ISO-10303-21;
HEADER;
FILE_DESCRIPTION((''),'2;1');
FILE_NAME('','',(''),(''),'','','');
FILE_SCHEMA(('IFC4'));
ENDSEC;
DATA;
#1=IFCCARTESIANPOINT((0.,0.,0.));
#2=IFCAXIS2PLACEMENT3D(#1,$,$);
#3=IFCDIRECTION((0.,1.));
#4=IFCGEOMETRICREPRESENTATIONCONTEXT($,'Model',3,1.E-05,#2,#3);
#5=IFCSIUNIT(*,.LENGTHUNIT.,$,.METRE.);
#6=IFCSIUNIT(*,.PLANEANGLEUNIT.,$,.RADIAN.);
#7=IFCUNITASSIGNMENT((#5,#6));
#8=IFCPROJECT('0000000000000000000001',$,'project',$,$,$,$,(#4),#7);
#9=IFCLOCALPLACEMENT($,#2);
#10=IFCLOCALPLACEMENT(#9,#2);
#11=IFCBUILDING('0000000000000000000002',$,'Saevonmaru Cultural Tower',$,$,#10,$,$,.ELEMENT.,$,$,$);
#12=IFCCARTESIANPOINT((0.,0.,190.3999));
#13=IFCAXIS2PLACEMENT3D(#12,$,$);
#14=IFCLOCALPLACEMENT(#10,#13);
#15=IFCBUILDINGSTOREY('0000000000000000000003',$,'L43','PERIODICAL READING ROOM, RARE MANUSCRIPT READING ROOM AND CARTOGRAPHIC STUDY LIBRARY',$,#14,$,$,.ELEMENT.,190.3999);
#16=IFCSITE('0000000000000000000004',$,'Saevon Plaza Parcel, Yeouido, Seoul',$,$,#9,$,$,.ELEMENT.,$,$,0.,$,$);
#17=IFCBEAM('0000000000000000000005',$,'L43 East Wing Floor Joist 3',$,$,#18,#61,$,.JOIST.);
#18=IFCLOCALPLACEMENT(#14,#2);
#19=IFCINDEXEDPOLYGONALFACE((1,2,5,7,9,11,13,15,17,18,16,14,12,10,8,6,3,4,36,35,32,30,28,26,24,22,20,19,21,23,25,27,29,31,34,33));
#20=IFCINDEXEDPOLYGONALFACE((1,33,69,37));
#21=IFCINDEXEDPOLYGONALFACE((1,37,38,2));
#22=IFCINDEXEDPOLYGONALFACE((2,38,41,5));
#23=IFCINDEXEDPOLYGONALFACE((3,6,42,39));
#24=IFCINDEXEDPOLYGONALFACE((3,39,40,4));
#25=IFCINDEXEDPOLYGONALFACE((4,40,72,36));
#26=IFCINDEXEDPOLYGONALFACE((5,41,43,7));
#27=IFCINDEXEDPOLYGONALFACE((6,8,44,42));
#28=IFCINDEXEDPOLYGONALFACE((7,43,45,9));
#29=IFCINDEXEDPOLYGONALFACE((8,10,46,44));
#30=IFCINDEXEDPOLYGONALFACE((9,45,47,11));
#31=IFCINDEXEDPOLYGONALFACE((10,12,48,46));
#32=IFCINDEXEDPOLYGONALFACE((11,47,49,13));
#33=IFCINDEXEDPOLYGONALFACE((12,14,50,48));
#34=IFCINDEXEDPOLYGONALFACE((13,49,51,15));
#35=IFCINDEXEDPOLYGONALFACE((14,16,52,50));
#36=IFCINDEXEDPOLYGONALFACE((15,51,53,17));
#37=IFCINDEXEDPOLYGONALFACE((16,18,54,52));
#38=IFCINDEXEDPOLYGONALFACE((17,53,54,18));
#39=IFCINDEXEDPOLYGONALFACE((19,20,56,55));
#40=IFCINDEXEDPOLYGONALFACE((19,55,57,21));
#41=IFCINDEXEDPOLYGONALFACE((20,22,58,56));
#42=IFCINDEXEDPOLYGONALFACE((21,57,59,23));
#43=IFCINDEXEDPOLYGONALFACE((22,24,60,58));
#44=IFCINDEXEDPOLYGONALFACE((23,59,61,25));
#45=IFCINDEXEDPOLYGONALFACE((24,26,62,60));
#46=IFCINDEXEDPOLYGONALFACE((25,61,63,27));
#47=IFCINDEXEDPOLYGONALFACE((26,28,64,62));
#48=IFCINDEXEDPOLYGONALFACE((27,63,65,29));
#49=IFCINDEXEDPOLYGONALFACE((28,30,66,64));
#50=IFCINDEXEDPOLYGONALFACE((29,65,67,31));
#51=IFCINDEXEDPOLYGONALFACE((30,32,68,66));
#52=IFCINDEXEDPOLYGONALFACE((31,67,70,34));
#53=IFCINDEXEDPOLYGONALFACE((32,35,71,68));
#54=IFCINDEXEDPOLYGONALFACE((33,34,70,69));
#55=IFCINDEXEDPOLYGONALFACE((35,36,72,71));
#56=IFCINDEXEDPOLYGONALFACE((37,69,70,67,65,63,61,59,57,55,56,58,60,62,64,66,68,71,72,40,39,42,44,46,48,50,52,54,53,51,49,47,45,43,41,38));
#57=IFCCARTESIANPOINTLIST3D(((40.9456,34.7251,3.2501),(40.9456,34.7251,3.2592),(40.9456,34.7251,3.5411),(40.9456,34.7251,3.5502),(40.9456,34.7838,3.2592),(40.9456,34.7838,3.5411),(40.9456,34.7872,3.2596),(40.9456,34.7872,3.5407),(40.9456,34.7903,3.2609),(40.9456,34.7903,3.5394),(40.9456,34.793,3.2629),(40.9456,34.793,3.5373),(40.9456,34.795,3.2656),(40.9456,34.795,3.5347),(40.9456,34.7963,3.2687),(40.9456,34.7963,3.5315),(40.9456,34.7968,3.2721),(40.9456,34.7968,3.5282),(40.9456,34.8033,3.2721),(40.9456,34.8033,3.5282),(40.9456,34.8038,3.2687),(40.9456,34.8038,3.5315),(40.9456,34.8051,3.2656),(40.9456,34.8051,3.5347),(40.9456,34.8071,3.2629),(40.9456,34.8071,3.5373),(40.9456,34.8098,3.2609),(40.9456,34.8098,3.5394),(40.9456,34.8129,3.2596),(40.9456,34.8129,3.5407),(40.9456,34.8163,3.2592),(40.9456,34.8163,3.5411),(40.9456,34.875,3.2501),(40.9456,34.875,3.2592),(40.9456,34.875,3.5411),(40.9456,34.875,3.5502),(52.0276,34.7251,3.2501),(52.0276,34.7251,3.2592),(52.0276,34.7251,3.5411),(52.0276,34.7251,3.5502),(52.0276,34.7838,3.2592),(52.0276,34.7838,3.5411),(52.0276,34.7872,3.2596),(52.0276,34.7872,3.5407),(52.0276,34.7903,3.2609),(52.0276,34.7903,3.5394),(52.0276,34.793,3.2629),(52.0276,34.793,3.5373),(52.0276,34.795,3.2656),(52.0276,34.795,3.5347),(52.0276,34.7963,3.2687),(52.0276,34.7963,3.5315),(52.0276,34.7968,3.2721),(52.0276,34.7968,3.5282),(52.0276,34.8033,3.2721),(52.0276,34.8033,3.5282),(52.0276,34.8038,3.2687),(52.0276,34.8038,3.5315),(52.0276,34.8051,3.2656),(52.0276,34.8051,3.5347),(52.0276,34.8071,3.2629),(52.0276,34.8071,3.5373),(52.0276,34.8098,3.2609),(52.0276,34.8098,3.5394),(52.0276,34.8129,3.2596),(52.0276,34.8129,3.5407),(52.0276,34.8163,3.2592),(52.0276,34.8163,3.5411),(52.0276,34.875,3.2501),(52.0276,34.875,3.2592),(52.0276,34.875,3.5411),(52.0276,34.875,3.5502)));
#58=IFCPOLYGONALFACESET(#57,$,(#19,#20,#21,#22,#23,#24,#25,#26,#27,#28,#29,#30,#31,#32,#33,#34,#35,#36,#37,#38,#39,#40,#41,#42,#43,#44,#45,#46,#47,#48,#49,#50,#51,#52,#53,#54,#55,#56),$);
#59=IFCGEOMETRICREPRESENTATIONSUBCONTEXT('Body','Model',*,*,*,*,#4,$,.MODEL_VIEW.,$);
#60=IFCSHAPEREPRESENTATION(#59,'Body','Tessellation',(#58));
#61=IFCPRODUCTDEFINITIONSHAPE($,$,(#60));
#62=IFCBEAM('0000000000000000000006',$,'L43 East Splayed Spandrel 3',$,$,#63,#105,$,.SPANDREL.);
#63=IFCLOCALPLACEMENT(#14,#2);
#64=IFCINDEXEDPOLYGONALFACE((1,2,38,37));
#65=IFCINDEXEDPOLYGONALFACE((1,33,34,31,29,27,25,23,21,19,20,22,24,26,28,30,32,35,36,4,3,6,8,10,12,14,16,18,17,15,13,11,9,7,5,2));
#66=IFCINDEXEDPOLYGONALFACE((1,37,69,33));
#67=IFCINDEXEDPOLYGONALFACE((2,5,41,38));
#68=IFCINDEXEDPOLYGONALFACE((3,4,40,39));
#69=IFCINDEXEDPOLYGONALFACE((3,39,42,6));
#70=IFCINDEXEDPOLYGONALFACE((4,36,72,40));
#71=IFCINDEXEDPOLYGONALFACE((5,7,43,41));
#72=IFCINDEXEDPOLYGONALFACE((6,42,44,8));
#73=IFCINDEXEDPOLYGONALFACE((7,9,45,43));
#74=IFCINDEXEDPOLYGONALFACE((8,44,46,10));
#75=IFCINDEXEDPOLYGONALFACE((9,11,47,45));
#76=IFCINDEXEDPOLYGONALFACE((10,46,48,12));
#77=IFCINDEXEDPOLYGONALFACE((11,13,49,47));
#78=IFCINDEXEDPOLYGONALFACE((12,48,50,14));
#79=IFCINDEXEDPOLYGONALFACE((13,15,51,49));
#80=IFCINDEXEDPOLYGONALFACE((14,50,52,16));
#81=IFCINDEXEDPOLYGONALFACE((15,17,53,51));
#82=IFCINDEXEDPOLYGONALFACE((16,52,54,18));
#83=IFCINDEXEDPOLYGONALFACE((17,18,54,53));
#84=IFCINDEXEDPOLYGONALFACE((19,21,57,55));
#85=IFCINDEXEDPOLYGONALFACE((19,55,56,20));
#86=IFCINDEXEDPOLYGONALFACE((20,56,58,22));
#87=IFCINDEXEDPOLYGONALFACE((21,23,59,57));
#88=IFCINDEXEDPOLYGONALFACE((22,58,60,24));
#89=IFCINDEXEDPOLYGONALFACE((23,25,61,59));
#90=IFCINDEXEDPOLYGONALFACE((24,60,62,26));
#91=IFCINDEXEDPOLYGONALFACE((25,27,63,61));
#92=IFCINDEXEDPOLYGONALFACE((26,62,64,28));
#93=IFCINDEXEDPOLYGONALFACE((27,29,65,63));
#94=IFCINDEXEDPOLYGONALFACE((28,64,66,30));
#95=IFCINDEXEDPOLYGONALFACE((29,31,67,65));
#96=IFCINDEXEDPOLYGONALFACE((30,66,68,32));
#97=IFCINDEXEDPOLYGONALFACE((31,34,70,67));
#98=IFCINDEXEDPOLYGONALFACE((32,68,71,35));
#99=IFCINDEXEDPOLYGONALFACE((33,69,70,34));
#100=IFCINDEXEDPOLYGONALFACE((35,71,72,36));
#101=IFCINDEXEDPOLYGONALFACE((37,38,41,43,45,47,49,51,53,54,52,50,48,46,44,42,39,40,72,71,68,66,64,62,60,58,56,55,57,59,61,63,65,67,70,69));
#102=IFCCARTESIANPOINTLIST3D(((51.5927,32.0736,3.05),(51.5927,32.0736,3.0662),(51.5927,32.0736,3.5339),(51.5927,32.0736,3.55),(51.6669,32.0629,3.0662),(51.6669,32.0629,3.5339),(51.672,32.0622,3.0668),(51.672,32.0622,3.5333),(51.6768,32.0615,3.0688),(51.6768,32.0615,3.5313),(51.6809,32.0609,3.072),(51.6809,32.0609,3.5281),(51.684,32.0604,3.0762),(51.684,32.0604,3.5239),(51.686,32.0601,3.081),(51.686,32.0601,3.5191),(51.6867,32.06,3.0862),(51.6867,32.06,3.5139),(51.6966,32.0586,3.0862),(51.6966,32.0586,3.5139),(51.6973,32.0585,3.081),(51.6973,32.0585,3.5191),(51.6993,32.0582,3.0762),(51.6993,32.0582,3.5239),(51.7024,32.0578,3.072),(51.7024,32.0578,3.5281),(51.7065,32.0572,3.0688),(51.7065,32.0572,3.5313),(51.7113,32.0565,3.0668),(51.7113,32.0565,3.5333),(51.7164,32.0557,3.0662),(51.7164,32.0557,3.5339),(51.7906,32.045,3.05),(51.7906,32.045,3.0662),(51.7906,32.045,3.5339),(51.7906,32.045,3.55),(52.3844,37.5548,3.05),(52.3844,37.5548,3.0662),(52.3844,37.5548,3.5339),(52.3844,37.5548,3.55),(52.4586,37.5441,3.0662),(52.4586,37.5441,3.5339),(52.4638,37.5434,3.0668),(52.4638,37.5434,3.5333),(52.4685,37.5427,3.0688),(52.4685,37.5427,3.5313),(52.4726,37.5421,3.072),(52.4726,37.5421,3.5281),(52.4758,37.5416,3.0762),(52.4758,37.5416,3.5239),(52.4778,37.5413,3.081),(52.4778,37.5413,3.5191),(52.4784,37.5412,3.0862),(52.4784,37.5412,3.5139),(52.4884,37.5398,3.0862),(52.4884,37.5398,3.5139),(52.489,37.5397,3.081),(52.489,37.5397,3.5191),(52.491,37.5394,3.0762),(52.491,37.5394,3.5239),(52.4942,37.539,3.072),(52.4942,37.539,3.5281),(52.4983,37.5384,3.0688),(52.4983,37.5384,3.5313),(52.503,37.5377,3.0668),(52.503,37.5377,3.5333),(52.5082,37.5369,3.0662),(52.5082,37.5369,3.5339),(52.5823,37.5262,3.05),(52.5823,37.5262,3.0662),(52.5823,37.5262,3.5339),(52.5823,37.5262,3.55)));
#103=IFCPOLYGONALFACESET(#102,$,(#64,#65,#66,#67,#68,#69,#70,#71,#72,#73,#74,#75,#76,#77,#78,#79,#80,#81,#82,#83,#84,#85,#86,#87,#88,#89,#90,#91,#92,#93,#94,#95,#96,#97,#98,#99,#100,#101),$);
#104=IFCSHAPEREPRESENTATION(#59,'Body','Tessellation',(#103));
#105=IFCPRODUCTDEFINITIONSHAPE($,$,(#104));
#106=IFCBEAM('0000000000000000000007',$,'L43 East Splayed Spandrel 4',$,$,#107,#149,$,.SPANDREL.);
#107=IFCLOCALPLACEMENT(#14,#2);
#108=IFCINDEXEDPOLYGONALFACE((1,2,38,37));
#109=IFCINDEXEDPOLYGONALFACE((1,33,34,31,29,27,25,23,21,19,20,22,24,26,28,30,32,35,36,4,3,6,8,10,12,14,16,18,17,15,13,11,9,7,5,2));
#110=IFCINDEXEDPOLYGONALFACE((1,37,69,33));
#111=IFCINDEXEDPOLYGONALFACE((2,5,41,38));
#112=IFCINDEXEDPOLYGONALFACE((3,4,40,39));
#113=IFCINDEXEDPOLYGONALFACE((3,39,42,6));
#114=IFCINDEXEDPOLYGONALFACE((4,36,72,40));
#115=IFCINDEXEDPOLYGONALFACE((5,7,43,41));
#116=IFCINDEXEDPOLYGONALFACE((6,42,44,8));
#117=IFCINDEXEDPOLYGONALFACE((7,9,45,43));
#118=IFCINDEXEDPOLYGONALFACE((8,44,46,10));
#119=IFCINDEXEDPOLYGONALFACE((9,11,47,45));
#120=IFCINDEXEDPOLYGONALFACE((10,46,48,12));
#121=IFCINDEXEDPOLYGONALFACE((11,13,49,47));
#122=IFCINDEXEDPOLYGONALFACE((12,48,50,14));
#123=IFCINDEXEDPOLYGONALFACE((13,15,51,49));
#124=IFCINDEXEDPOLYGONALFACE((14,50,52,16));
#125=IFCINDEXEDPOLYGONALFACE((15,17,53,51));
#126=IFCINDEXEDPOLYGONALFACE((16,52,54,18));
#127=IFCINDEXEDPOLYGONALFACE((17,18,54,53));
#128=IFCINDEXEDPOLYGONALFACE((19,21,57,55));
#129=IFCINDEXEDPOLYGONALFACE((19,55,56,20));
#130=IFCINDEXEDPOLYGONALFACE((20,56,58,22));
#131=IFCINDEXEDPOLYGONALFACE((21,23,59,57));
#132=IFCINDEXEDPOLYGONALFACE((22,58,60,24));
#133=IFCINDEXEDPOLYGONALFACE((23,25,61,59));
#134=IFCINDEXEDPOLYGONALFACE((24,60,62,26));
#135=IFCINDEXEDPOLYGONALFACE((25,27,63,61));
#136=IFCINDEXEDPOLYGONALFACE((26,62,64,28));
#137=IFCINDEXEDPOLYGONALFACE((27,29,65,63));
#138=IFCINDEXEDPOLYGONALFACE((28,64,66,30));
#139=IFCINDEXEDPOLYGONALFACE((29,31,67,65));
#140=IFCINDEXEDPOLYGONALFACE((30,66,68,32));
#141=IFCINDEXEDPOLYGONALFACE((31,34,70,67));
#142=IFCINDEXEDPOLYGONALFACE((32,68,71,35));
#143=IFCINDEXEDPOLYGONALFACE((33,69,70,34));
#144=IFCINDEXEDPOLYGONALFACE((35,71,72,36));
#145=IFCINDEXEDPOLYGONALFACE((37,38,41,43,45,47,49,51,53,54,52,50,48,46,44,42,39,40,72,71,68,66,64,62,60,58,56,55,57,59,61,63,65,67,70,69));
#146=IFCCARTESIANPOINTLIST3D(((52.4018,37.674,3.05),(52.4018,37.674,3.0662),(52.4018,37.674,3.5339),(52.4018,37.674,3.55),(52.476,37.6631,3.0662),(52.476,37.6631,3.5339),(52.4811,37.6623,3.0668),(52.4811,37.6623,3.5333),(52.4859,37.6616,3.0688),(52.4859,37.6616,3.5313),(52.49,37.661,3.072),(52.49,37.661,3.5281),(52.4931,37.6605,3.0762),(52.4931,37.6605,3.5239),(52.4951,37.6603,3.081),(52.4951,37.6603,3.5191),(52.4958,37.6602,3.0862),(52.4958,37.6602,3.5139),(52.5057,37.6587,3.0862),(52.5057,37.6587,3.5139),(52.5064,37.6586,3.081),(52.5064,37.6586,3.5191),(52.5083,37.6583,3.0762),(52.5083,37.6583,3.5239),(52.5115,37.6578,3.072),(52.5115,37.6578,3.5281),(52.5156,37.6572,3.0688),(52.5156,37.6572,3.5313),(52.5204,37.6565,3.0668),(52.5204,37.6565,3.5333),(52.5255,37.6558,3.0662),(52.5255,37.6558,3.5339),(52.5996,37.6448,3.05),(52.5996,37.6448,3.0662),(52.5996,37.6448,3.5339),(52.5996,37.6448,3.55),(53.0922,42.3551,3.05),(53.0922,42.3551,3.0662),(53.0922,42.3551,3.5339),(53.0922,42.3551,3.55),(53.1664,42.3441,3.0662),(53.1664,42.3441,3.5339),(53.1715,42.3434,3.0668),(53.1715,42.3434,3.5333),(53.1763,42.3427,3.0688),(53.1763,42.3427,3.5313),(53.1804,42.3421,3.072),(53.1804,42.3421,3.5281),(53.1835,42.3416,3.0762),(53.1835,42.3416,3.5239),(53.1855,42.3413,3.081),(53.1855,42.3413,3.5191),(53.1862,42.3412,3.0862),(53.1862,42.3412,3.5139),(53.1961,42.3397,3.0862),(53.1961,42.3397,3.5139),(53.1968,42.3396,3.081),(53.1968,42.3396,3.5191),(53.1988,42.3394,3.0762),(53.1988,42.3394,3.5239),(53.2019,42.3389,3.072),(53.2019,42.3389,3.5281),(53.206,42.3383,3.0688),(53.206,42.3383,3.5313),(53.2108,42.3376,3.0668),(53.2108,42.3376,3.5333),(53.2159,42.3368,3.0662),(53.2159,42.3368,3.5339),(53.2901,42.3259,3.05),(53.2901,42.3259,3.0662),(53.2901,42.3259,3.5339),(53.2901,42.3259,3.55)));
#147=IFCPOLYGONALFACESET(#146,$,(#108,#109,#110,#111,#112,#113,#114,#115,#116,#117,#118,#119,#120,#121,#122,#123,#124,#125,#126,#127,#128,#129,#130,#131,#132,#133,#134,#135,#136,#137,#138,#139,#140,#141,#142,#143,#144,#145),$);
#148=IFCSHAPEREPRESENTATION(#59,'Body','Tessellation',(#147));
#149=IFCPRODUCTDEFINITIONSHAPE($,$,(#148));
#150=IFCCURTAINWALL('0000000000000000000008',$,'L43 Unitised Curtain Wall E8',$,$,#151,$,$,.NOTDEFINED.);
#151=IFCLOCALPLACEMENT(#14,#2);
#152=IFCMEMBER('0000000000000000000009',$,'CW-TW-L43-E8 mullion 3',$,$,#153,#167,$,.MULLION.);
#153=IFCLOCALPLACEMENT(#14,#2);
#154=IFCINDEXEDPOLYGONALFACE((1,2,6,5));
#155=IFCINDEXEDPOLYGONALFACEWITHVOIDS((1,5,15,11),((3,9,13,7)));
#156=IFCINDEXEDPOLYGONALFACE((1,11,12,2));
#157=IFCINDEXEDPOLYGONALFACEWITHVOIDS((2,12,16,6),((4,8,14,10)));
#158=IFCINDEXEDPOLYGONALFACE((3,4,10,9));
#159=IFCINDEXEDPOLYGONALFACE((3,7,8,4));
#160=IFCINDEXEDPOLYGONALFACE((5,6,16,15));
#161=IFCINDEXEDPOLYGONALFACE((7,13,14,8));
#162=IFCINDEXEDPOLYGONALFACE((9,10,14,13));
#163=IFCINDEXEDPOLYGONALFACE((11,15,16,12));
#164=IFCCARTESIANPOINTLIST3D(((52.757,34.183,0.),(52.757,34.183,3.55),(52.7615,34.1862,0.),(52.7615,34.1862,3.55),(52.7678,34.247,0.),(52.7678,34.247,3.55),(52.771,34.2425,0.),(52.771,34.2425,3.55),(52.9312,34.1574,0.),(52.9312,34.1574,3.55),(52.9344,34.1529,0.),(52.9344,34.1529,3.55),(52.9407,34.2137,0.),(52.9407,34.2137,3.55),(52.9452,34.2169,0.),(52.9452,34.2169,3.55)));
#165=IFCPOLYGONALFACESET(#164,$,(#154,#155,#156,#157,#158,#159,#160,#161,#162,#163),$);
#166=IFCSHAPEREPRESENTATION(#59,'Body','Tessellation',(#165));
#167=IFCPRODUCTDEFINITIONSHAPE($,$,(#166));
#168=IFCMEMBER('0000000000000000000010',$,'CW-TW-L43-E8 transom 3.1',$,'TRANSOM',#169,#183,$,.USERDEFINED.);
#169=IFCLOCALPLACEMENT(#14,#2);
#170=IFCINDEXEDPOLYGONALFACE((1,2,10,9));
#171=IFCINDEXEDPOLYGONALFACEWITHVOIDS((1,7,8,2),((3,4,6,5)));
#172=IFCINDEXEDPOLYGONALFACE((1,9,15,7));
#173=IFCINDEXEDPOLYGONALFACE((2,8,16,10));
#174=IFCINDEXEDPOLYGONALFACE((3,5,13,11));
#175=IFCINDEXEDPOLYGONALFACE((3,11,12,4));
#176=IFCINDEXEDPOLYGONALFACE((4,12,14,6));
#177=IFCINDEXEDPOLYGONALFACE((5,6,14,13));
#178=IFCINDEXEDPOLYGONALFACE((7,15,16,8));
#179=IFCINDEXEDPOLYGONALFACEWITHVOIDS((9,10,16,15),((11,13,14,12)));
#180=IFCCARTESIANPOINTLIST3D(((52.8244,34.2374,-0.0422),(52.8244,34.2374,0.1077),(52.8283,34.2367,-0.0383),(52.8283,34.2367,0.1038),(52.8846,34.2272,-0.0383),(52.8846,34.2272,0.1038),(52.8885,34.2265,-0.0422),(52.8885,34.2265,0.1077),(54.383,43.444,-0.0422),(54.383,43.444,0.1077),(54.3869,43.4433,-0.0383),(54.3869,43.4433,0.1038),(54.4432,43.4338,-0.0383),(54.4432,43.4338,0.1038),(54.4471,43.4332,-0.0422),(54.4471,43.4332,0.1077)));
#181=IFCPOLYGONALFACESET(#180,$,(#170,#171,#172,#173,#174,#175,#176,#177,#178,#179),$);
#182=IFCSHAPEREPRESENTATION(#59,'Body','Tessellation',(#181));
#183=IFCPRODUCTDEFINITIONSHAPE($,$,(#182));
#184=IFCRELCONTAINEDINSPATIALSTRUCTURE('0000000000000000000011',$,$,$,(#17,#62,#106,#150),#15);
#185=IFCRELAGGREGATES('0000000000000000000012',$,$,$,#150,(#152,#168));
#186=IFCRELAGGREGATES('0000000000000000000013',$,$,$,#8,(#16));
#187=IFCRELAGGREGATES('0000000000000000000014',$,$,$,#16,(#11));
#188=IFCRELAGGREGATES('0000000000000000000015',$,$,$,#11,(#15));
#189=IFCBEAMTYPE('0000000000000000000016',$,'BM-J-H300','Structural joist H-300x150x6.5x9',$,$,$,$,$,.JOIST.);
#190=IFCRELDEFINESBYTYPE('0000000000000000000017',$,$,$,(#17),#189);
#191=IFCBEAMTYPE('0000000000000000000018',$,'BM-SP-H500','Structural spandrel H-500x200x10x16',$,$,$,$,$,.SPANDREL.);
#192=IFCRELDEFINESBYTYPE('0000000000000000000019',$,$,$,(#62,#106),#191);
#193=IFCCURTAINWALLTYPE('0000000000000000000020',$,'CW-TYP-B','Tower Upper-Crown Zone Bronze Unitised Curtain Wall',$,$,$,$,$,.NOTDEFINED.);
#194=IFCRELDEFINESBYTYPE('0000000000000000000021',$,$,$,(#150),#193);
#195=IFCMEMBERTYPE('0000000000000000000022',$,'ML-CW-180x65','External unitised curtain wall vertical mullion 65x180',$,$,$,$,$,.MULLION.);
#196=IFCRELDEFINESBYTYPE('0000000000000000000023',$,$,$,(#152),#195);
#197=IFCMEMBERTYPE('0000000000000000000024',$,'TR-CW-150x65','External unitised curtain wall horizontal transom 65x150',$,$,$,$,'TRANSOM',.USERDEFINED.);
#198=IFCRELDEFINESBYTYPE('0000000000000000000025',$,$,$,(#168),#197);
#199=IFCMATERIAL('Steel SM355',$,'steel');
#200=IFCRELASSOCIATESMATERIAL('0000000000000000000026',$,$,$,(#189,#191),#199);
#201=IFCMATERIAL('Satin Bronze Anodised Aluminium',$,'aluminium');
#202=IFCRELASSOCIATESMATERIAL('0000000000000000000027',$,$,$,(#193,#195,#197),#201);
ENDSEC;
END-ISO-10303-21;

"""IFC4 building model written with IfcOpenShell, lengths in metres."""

from ifc_helpers import new_model, si_unit, direction, frame, origin, origin_2d, place, context, subcontext, project, spatial, hollow_rectangle, i_section, extrude, material, material_profile, profile_set, type_object, element, aggregate, save


model = new_model("IFC4")

# Units and contexts
model_context = context("Model", 3, precision=1e-05, world=origin(), true_north=direction((0.0, 1.0)))
body_context = subcontext(model_context, "Body", "Model", "MODEL_VIEW")
ifc_project = project(units=[si_unit("LENGTHUNIT", "METRE"), si_unit("PLANEANGLEUNIT", "RADIAN")], contexts=[model_context])

# Site, building, storey
site_placement = place(None, origin())
site = spatial("IfcSite", under=ifc_project, at=site_placement, Name="Saevon Plaza Parcel, Yeouido, Seoul", CompositionType="ELEMENT", RefElevation=0.0)
building_placement = place(site_placement, origin())
building = spatial("IfcBuilding", under=site, at=building_placement, Name="Saevonmaru Cultural Tower", CompositionType="ELEMENT")
storey_placement = place(building_placement, frame((0.0, 0.0, 190.3999)))
storey = spatial("IfcBuildingStorey", under=building, at=storey_placement, Name="L43", Description="PERIODICAL READING ROOM, RARE MANUSCRIPT READING ROOM AND CARTOGRAPHIC STUDY LIBRARY", CompositionType="ELEMENT", Elevation=190.3999)

# Shared definitions
ifc_material_1 = material(Name="Steel SM355", Category="steel")

# Beams
ifc_material_profile_1 = material_profile(ifc_material_1, i_section(OverallWidth=0.1499, OverallDepth=0.3, WebThickness=0.0066, FlangeThickness=0.009, FilletRadius=0.0129, at=origin_2d()), Name="H-300x150x6.5x9")
ifc_profile_set_1 = profile_set([ifc_material_profile_1], Name="Steel SM355")
beam_type_1 = type_object("IfcBeamType", Name="BM-J-H300", Description="Structural joist H-300x150x6.5x9", PredefinedType="JOIST", material=ifc_profile_set_1)
beam_1_placement = place(storey_placement, frame((40.9456, 34.8, 3.4001), z_axis=(1.0, 0.0, 0.0), x_axis=(0.0, 1.0, 0.0)))
element("IfcBeam", 1, at=beam_1_placement, inside=storey, type_object=beam_type_1, Name="L43 East Wing Floor Joist 3", PredefinedType="JOIST", context=body_context, shape_type="SweptSolid", body=[
    extrude(i_section(OverallWidth=0.1499, OverallDepth=0.3, WebThickness=0.0066, FlangeThickness=0.009, FilletRadius=0.0129, at=origin_2d()), origin(), (0.0, 0.0, 1.0), 11.082),
])
ifc_material_profile_2 = material_profile(ifc_material_1, i_section(OverallWidth=0.2, OverallDepth=0.5, WebThickness=0.01, FlangeThickness=0.0161, FilletRadius=0.02, at=origin_2d()), Name="H-500x200x10x16")
ifc_profile_set_2 = profile_set([ifc_material_profile_2], Name="Steel SM355")
beam_type_2 = type_object("IfcBeamType", Name="BM-SP-H500", Description="Structural spandrel H-500x200x10x16", PredefinedType="SPANDREL", material=ifc_profile_set_2)
beam_2_placement = place(storey_placement, frame((51.6917, 32.0593, 3.3), z_axis=(0.142964, 0.989728, 0.0), x_axis=(-0.989728, 0.142964, 0.0)))
element("IfcBeam", 2, at=beam_2_placement, inside=storey, type_object=beam_type_2, Name="L43 East Splayed Spandrel 3", PredefinedType="SPANDREL", context=body_context, shape_type="SweptSolid", body=[
    extrude(i_section(OverallWidth=0.2, OverallDepth=0.5, WebThickness=0.01, FlangeThickness=0.0161, FilletRadius=0.02, at=origin_2d()), origin(), (0.0, 0.0, 1.0), 5.5381),
])
beam_3_placement = place(storey_placement, frame((52.5007, 37.6594, 3.3), z_axis=(0.145913, 0.989297, 0.0), x_axis=(-0.989297, 0.145913, 0.0)))
element("IfcBeam", 3, at=beam_3_placement, inside=storey, type_object=beam_type_2, Name="L43 East Splayed Spandrel 4", PredefinedType="SPANDREL", context=body_context, shape_type="SweptSolid", body=[
    extrude(i_section(OverallWidth=0.2, OverallDepth=0.5, WebThickness=0.01, FlangeThickness=0.0161, FilletRadius=0.02, at=origin_2d()), origin(), (0.0, 0.0, 1.0), 4.7317),
])

# Curtain wall, members
ifc_material_2 = material(Name="Satin Bronze Anodised Aluminium", Category="aluminium")
curtain_wall_type = type_object("IfcCurtainWallType", Name="CW-TYP-B", Description="Tower Upper-Crown Zone Bronze Unitised Curtain Wall", PredefinedType="NOTDEFINED", material=ifc_material_2)
curtain_wall_placement = place(storey_placement, origin())
curtain_wall = element("IfcCurtainWall", 4, at=curtain_wall_placement, inside=storey, type_object=curtain_wall_type, Name="L43 Unitised Curtain Wall E8", PredefinedType="NOTDEFINED")
ifc_material_profile_3 = material_profile(ifc_material_2, hollow_rectangle(XDim=0.0649, YDim=0.1799, WallThickness=0.0039, at=origin_2d()), Name="ALU-MULL-180x65x4")
ifc_profile_set_3 = profile_set([ifc_material_profile_3], Name="Satin Bronze Anodised Aluminium")
member_type_1 = type_object("IfcMemberType", Name="ML-CW-180x65", Description="External unitised curtain wall vertical mullion 65x180", PredefinedType="MULLION", material=ifc_profile_set_3)
member_1_placement = place(storey_placement, frame((52.8511, 34.2, 0.0), z_axis=(0.0, 0.0, 1.0), x_axis=(0.166922, 0.98597, 0.0)))
member_1 = element("IfcMember", 5, at=member_1_placement, type_object=member_type_1, Name="CW-TW-L43-E8 mullion 3", PredefinedType="MULLION", context=body_context, shape_type="SweptSolid", body=[
    extrude(hollow_rectangle(XDim=0.0649, YDim=0.1799, WallThickness=0.0039, at=origin_2d()), origin(), (0.0, 0.0, 1.0), 3.55),
])
ifc_material_profile_4 = material_profile(ifc_material_2, hollow_rectangle(XDim=0.0649, YDim=0.1499, WallThickness=0.0039, at=origin_2d()), Name="ALU-TRAN-150x65x4")
ifc_profile_set_4 = profile_set([ifc_material_profile_4], Name="Satin Bronze Anodised Aluminium")
member_type_2 = type_object("IfcMemberType", Name="TR-CW-150x65", Description="External unitised curtain wall horizontal transom 65x150", ElementType="TRANSOM", PredefinedType="USERDEFINED", material=ifc_profile_set_4)
member_2_placement = place(storey_placement, frame((52.8564, 34.2319, 0.0327), z_axis=(0.166917, 0.985971, 0.0), x_axis=(-0.985971, 0.166917, 0.0)))
member_2 = element("IfcMember", 6, at=member_2_placement, type_object=member_type_2, Name="CW-TW-L43-E8 transom 3.1", ObjectType="TRANSOM", PredefinedType="USERDEFINED", context=body_context, shape_type="SweptSolid", body=[
    extrude(hollow_rectangle(XDim=0.0649, YDim=0.1499, WallThickness=0.0039, at=origin_2d()), origin(), (0.0, 0.0, 1.0), 9.3376),
])
aggregate(curtain_wall, [member_1, member_2])

save(model, "model.ifc")
